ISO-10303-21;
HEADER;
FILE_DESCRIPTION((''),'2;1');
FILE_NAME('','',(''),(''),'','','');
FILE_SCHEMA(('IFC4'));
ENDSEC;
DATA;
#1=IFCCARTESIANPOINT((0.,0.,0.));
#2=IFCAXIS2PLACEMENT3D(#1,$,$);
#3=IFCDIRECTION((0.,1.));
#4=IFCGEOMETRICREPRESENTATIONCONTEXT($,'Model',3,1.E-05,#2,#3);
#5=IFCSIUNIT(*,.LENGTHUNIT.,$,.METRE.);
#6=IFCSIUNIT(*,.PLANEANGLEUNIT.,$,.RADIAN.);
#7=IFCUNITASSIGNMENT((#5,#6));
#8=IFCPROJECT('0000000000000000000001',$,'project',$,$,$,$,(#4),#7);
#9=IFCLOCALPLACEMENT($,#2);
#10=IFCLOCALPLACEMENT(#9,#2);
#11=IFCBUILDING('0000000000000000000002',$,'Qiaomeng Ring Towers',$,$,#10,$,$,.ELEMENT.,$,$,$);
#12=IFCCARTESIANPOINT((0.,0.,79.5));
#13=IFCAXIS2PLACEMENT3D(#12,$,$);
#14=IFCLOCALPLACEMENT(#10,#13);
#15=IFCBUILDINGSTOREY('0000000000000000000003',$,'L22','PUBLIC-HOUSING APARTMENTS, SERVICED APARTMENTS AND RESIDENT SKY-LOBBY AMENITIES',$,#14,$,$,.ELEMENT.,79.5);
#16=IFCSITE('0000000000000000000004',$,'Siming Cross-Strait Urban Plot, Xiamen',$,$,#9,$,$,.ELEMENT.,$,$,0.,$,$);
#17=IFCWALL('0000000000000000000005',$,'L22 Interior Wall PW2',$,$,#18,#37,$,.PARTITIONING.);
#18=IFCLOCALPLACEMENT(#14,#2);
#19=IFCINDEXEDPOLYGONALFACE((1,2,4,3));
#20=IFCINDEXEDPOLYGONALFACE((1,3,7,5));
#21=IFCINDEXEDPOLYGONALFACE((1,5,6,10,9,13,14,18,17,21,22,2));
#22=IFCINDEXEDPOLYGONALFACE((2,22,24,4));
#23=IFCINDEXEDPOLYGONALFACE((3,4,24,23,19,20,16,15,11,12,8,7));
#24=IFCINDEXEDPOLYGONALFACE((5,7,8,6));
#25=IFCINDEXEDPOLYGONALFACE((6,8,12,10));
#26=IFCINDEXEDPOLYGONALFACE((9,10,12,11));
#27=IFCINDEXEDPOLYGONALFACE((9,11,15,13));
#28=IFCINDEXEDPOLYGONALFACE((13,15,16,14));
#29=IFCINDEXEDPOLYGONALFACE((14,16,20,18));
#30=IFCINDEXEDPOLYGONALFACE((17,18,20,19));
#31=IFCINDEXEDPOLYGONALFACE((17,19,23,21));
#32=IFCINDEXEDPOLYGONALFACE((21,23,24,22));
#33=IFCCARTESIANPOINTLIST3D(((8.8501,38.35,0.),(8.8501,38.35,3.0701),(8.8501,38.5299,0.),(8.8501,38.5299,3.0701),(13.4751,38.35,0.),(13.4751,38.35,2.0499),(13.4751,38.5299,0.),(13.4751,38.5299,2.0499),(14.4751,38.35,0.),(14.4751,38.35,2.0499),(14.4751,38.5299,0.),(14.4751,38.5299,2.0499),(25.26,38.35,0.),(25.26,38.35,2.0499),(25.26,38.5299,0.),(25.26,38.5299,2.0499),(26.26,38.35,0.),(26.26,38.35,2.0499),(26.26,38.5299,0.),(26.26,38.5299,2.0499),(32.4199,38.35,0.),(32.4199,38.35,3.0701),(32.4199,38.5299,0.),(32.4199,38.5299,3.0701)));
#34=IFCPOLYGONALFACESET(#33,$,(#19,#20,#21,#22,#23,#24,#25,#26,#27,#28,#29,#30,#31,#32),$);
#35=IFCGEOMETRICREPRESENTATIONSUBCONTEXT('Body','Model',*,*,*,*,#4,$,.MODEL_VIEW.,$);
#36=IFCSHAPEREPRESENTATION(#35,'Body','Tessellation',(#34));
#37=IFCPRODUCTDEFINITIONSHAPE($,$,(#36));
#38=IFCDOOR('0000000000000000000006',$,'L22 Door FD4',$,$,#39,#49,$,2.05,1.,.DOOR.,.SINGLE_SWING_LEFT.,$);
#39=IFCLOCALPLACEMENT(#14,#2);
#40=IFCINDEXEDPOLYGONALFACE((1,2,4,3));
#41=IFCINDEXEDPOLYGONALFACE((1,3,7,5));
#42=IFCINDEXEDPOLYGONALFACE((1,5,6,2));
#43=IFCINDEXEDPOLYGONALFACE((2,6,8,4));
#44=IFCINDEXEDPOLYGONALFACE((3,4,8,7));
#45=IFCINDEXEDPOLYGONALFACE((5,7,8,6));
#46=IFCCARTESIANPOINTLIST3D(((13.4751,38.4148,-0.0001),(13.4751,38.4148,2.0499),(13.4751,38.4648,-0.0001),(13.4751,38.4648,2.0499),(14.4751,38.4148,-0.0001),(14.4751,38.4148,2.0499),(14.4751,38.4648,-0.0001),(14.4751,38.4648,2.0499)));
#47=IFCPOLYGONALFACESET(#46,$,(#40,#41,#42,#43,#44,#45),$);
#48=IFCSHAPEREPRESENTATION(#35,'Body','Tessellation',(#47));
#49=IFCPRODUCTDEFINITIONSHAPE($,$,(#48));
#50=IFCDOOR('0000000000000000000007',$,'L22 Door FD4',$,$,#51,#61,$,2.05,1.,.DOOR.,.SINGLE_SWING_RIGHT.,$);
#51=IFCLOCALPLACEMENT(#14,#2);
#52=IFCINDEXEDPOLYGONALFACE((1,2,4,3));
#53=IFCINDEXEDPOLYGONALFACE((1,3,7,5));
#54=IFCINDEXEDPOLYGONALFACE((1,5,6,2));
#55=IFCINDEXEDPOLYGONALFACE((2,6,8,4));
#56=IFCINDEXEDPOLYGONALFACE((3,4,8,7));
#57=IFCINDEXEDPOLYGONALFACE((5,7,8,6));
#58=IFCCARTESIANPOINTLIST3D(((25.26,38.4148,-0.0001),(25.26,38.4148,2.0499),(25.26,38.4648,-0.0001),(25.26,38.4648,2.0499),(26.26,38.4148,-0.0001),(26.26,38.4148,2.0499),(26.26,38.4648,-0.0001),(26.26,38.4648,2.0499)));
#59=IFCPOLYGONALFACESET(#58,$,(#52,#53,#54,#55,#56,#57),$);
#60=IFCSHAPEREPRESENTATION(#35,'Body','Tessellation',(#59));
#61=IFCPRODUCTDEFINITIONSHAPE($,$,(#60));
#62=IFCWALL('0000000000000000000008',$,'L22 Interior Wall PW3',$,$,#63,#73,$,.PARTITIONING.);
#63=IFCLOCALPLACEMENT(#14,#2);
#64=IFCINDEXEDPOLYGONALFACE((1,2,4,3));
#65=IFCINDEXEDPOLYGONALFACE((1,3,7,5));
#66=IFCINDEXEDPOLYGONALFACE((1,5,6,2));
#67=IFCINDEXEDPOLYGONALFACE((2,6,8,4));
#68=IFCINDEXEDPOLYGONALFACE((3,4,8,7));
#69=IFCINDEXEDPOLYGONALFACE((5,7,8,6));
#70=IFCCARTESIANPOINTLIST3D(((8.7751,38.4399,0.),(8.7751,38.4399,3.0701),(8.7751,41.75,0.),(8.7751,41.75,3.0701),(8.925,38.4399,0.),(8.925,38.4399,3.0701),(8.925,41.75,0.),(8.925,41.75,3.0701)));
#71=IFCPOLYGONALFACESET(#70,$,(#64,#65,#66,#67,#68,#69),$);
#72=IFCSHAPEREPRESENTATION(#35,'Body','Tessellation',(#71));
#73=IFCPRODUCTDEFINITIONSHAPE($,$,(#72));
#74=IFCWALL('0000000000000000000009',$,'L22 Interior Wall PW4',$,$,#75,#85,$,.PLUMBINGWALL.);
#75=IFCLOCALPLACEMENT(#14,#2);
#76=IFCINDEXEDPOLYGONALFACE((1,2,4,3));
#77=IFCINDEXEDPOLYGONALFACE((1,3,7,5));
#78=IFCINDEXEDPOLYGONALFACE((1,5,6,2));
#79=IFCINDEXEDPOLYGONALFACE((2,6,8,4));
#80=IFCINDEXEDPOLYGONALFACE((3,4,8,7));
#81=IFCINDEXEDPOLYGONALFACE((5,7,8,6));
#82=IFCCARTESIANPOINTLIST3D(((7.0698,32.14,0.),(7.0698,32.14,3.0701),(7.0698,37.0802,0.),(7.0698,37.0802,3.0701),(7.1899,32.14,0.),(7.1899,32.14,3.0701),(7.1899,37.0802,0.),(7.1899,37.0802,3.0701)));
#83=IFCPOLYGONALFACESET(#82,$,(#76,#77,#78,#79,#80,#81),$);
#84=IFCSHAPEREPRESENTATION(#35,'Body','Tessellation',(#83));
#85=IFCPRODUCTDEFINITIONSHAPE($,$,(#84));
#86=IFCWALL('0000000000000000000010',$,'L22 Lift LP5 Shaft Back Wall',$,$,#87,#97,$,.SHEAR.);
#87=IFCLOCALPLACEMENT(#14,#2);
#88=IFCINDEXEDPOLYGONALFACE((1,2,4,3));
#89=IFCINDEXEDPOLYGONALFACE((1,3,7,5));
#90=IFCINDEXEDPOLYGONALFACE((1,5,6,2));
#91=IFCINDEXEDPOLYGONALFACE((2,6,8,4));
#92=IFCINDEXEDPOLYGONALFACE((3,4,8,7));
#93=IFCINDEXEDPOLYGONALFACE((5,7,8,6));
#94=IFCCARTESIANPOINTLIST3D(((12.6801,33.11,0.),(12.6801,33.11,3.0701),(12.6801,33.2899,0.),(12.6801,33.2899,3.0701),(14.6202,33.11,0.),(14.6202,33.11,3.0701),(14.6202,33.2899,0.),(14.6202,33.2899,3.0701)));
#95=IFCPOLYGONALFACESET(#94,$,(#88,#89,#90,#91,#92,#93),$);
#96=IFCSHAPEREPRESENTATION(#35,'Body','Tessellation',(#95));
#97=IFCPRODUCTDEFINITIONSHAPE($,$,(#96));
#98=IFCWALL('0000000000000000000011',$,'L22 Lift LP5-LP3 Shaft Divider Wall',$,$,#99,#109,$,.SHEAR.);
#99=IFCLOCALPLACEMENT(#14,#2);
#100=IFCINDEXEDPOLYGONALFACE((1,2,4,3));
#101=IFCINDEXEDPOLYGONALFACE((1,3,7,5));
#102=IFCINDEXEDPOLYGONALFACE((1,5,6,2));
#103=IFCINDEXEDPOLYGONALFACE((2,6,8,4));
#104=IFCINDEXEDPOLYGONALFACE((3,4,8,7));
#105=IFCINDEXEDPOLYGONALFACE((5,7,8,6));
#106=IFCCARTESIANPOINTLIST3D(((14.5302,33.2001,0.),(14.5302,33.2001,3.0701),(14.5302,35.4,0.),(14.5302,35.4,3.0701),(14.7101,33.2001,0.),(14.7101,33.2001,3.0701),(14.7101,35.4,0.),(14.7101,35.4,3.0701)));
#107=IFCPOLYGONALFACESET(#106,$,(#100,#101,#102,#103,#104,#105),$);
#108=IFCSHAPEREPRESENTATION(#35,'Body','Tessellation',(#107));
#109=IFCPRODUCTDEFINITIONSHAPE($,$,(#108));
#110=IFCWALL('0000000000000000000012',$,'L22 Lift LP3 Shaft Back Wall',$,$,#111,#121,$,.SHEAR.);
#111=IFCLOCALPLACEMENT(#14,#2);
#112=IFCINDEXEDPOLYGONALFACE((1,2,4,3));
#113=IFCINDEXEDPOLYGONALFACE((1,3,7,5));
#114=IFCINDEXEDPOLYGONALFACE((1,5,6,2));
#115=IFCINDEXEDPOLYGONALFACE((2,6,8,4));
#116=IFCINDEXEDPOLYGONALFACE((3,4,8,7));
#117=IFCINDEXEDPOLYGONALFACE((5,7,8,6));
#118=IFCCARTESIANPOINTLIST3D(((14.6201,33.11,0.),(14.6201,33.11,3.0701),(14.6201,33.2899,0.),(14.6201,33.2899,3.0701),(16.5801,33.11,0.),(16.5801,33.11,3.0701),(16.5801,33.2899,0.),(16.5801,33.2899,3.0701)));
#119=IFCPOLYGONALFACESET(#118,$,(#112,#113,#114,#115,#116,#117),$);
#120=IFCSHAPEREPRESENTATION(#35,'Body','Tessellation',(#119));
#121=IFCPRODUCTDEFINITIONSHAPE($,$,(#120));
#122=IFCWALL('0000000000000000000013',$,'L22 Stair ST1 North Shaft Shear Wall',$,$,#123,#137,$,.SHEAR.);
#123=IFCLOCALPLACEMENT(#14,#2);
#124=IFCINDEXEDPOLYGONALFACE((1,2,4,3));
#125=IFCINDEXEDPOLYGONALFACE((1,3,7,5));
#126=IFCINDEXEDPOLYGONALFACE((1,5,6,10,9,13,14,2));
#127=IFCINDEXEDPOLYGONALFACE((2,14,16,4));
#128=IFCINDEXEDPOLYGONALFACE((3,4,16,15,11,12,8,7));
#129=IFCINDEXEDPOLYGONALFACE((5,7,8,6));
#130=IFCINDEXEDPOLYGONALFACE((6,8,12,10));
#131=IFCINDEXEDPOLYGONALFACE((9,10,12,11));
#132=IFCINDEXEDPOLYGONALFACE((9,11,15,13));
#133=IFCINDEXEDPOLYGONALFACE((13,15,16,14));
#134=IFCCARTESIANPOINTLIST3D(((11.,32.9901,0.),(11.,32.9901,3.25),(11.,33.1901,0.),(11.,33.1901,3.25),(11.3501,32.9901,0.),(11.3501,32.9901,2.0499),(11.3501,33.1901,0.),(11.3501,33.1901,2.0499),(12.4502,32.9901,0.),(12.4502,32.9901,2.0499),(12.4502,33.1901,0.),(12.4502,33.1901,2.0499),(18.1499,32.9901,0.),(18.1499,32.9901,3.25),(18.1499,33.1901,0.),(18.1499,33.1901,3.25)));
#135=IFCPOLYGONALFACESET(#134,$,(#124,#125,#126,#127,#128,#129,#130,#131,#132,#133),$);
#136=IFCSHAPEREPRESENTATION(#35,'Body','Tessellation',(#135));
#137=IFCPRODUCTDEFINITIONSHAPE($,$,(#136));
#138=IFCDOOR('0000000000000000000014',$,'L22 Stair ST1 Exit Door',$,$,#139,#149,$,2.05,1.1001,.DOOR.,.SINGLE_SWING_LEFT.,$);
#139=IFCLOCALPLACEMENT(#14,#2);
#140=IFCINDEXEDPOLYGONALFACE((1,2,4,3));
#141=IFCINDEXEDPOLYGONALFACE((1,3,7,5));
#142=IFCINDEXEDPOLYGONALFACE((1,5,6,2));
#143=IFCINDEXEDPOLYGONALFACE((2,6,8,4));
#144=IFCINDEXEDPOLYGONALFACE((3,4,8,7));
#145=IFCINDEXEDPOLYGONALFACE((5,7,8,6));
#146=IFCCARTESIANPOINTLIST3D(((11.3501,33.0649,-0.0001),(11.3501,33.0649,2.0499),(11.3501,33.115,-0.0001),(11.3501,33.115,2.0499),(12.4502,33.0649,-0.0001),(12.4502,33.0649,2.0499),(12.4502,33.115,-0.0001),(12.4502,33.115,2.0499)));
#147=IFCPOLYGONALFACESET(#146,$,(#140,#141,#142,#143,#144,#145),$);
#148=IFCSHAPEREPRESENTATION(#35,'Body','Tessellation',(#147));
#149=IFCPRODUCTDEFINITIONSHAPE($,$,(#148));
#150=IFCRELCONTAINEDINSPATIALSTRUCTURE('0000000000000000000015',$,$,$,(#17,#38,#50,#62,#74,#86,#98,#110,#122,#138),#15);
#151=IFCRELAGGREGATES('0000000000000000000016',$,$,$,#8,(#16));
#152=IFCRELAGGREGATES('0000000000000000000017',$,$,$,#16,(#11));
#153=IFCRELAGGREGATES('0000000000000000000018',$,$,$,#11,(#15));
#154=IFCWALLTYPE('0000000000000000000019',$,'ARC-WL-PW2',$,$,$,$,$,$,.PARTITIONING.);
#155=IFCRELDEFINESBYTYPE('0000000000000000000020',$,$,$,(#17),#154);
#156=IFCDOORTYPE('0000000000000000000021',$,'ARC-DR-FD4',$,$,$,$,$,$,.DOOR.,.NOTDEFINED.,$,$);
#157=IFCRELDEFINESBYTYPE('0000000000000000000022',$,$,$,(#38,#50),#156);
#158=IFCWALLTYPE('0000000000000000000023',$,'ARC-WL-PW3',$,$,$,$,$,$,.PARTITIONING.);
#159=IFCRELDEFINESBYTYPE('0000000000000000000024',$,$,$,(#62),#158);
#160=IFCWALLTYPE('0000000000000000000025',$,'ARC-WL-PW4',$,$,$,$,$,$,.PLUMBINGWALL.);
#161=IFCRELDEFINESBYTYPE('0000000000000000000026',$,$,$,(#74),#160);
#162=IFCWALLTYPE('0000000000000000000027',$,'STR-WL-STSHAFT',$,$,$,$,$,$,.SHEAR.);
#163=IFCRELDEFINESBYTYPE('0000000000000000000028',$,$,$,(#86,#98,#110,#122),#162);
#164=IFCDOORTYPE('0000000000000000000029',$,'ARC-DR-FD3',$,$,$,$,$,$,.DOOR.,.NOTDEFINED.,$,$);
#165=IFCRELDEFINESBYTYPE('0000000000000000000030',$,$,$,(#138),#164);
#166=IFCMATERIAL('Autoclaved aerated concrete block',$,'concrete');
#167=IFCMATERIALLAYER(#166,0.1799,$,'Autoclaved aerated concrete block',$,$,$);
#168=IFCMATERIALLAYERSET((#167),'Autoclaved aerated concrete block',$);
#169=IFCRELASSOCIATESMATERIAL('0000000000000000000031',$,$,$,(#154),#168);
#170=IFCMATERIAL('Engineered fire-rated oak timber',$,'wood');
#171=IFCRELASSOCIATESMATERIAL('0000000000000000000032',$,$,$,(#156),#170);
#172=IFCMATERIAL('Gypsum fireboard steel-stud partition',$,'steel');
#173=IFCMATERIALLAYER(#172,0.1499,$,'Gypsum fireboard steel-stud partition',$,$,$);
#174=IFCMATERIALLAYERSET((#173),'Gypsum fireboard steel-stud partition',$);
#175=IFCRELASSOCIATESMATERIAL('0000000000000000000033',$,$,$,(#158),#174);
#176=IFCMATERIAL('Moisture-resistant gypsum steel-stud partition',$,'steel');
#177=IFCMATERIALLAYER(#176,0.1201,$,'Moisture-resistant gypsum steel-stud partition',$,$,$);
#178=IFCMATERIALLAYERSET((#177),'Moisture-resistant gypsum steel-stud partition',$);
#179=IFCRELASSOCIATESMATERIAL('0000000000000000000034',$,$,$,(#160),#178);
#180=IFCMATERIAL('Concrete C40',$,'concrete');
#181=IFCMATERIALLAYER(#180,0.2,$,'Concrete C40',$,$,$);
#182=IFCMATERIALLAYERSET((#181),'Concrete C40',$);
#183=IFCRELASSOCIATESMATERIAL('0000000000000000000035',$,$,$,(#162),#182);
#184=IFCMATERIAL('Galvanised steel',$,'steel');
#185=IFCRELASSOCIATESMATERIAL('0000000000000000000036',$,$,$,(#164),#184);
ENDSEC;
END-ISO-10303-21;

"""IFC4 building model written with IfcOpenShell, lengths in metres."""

from ifc_helpers import new_model, si_unit, direction, frame, frame_2d, origin, place, context, subcontext, project, spatial, rectangle, extrude, source, transform, mapped, material, layer, layer_set, type_object, element, fill, save


model = new_model("IFC4")

# Units and contexts
model_context = context("Model", 3, precision=1e-05, world=origin(), true_north=direction((0.0, 1.0)))
body_context = subcontext(model_context, "Body", "Model", "MODEL_VIEW")
ifc_project = project(units=[si_unit("LENGTHUNIT", "METRE"), si_unit("PLANEANGLEUNIT", "RADIAN")], contexts=[model_context])

# Site, building, storey
site_placement = place(None, origin())
site = spatial("IfcSite", under=ifc_project, at=site_placement, Name="Siming Cross-Strait Urban Plot, Xiamen", CompositionType="ELEMENT", RefElevation=0.0)
building_placement = place(site_placement, origin())
building = spatial("IfcBuilding", under=site, at=building_placement, Name="Qiaomeng Ring Towers", CompositionType="ELEMENT")
storey_placement = place(building_placement, frame((0.0, 0.0, 79.5)))
storey = spatial("IfcBuildingStorey", under=building, at=storey_placement, Name="L22", Description="PUBLIC-HOUSING APARTMENTS, SERVICED APARTMENTS AND RESIDENT SKY-LOBBY AMENITIES", CompositionType="ELEMENT", Elevation=79.5)

# Shared definitions
ifc_material_1 = material(Name="Autoclaved aerated concrete block", Category="concrete")

# Wall, openings, doors
ifc_layer_1 = layer(ifc_material_1, 0.1799, Name="Autoclaved aerated concrete block")
ifc_layer_set_1 = layer_set([ifc_layer_1], Name="Autoclaved aerated concrete block")
wall_type_1 = type_object("IfcWallType", Name="ARC-WL-PW2", PredefinedType="PARTITIONING", material=ifc_layer_set_1)
wall_1_placement = place(storey_placement, frame((8.8501, 38.4399, 0.0), z_axis=(0.0, 0.0, 1.0), x_axis=(1.0, 0.0, 0.0)))
wall_1 = element("IfcWall", 1, at=wall_1_placement, inside=storey, type_object=wall_type_1, Name="L22 Interior Wall PW2", PredefinedType="PARTITIONING", context=body_context, shape_type="SweptSolid", body=[
    extrude(rectangle(XDim=23.5698, YDim=0.1799, at=frame_2d((11.7849, 0.0))), origin(), (0.0, 0.0, 1.0), 3.0701),
])
opening_1_placement = place(wall_1_placement, frame((4.625, 0.0, 0.0)))
opening_1 = element("IfcOpeningElement", 2, at=opening_1_placement, cuts=wall_1, PredefinedType="OPENING", context=body_context, shape_type="SweptSolid", body=[
    extrude(rectangle(XDim=1.0, YDim=2.05, at=frame_2d((0.5, 1.0249))), frame((0.0, 0.0999, 0.0), z_axis=(0.0, -1.0, 0.0), x_axis=(1.0, 0.0, 0.0)), (0.0, 0.0, 1.0), 0.2),
])
opening_2_placement = place(wall_1_placement, frame((16.4099, 0.0, 0.0)))
opening_2 = element("IfcOpeningElement", 3, at=opening_2_placement, cuts=wall_1, PredefinedType="OPENING", context=body_context, shape_type="SweptSolid", body=[
    extrude(rectangle(XDim=1.0, YDim=2.05, at=frame_2d((0.5, 1.0249))), frame((0.0, 0.0999, 0.0), z_axis=(0.0, -1.0, 0.0), x_axis=(1.0, 0.0, 0.0)), (0.0, 0.0, 1.0), 0.2),
])
ifc_material_2 = material(Name="Engineered fire-rated oak timber", Category="wood")
door_type_1 = type_object("IfcDoorType", Name="ARC-DR-FD4", OperationType="NOTDEFINED", PredefinedType="DOOR", material=ifc_material_2)
shared_shape_1 = source(origin(), body_context, "Body", "SweptSolid", [
    extrude(rectangle(XDim=1.0, YDim=2.05, at=frame_2d((0.5, 1.0249))), frame((0.0, 0.0249, 0.0), z_axis=(0.0, -1.0, 0.0), x_axis=(1.0, 0.0, 0.0)), (0.0, 0.0, 1.0), 0.05),
])
door_1_placement = place(opening_1_placement, origin())
door_1 = element("IfcDoor", 4, at=door_1_placement, inside=storey, type_object=door_type_1, Name="L22 Door FD4", OperationType="SINGLE_SWING_LEFT", OverallHeight=2.05, OverallWidth=1.0, PredefinedType="DOOR", context=body_context, shape_type="MappedRepresentation", body=[
    mapped(shared_shape_1, transform((0.0, 0.0, 0.0), x_axis=(1.0, 0.0, 0.0), y_axis=(0.0, 1.0, 0.0), z_axis=(0.0, 0.0, 1.0), scale=1.0)),
])
fill(opening_1, door_1)
door_2_placement = place(opening_2_placement, origin())
door_2 = element("IfcDoor", 5, at=door_2_placement, inside=storey, type_object=door_type_1, Name="L22 Door FD4", OperationType="SINGLE_SWING_RIGHT", OverallHeight=2.05, OverallWidth=1.0, PredefinedType="DOOR", context=body_context, shape_type="MappedRepresentation", body=[
    mapped(shared_shape_1, transform((0.0, 0.0, 0.0), x_axis=(1.0, 0.0, 0.0), y_axis=(0.0, 1.0, 0.0), z_axis=(0.0, 0.0, 1.0), scale=1.0)),
])
fill(opening_2, door_2)

# Walls
ifc_material_3 = material(Name="Gypsum fireboard steel-stud partition", Category="steel")
ifc_layer_2 = layer(ifc_material_3, 0.1499, Name="Gypsum fireboard steel-stud partition")
ifc_layer_set_2 = layer_set([ifc_layer_2], Name="Gypsum fireboard steel-stud partition")
wall_type_2 = type_object("IfcWallType", Name="ARC-WL-PW3", PredefinedType="PARTITIONING", material=ifc_layer_set_2)
wall_2_placement = place(storey_placement, frame((8.8501, 38.4399, 0.0), z_axis=(0.0, 0.0, 1.0), x_axis=(0.0, 1.0, 0.0)))
element("IfcWall", 6, at=wall_2_placement, inside=storey, type_object=wall_type_2, Name="L22 Interior Wall PW3", PredefinedType="PARTITIONING", context=body_context, shape_type="SweptSolid", body=[
    extrude(rectangle(XDim=3.3101, YDim=0.1499, at=frame_2d((1.655, 0.0))), origin(), (0.0, 0.0, 1.0), 3.0701),
])
ifc_material_4 = material(Name="Moisture-resistant gypsum steel-stud partition", Category="steel")
ifc_layer_3 = layer(ifc_material_4, 0.1201, Name="Moisture-resistant gypsum steel-stud partition")
ifc_layer_set_3 = layer_set([ifc_layer_3], Name="Moisture-resistant gypsum steel-stud partition")
wall_type_3 = type_object("IfcWallType", Name="ARC-WL-PW4", PredefinedType="PLUMBINGWALL", material=ifc_layer_set_3)
wall_3_placement = place(storey_placement, frame((7.1299, 32.1399, 0.0), z_axis=(0.0, 0.0, 1.0), x_axis=(0.0, 1.0, 0.0)))
element("IfcWall", 7, at=wall_3_placement, inside=storey, type_object=wall_type_3, Name="L22 Interior Wall PW4", PredefinedType="PLUMBINGWALL", context=body_context, shape_type="SweptSolid", body=[
    extrude(rectangle(XDim=4.9402, YDim=0.1201, at=frame_2d((2.4702, 0.0))), origin(), (0.0, 0.0, 1.0), 3.0701),
])
ifc_material_5 = material(Name="Concrete C40", Category="concrete")
ifc_layer_4 = layer(ifc_material_5, 0.2, Name="Concrete C40")
ifc_layer_set_4 = layer_set([ifc_layer_4], Name="Concrete C40")
wall_type_4 = type_object("IfcWallType", Name="STR-WL-STSHAFT", PredefinedType="SHEAR", material=ifc_layer_set_4)
wall_4_placement = place(storey_placement, frame((12.6799, 33.2, 0.0), z_axis=(0.0, 0.0, 1.0), x_axis=(1.0, 0.0, 0.0)))
element("IfcWall", 8, at=wall_4_placement, inside=storey, type_object=wall_type_4, Name="L22 Lift LP5 Shaft Back Wall", PredefinedType="SHEAR", context=body_context, shape_type="SweptSolid", body=[
    extrude(rectangle(XDim=1.9402, YDim=0.1799, at=frame_2d((0.9702, 0.0))), origin(), (0.0, 0.0, 1.0), 3.0701),
])
wall_5_placement = place(storey_placement, frame((14.6201, 33.2, 0.0), z_axis=(0.0, 0.0, 1.0), x_axis=(0.0, 1.0, 0.0)))
element("IfcWall", 9, at=wall_5_placement, inside=storey, type_object=wall_type_4, Name="L22 Lift LP5-LP3 Shaft Divider Wall", PredefinedType="SHEAR", context=body_context, shape_type="SweptSolid", body=[
    extrude(rectangle(XDim=2.2, YDim=0.1799, at=frame_2d((1.1001, 0.0))), origin(), (0.0, 0.0, 1.0), 3.0701),
])
wall_6_placement = place(storey_placement, frame((14.6201, 33.2, 0.0), z_axis=(0.0, 0.0, 1.0), x_axis=(1.0, 0.0, 0.0)))
element("IfcWall", 10, at=wall_6_placement, inside=storey, type_object=wall_type_4, Name="L22 Lift LP3 Shaft Back Wall", PredefinedType="SHEAR", context=body_context, shape_type="SweptSolid", body=[
    extrude(rectangle(XDim=1.96, YDim=0.1799, at=frame_2d((0.98, 0.0))), origin(), (0.0, 0.0, 1.0), 3.0701),
])

# Wall, opening, door
wall_7_placement = place(storey_placement, frame((11.0, 33.0901, 0.0), z_axis=(0.0, 0.0, 1.0), x_axis=(1.0, 0.0, 0.0)))
wall_7 = element("IfcWall", 11, at=wall_7_placement, inside=storey, type_object=wall_type_4, Name="L22 Stair ST1 North Shaft Shear Wall", PredefinedType="SHEAR", context=body_context, shape_type="SweptSolid", body=[
    extrude(rectangle(XDim=7.1499, YDim=0.2, at=frame_2d((3.575, 0.0))), origin(), (0.0, 0.0, 1.0), 3.25),
])
opening_3_placement = place(wall_7_placement, frame((0.3501, 0.0, 0.0)))
opening_3 = element("IfcOpeningElement", 12, at=opening_3_placement, cuts=wall_7, PredefinedType="OPENING", context=body_context, shape_type="SweptSolid", body=[
    extrude(rectangle(XDim=1.1001, YDim=2.05, at=frame_2d((0.55, 1.0249))), frame((0.0, 0.1099, 0.0), z_axis=(0.0, -1.0, 0.0), x_axis=(1.0, 0.0, 0.0)), (0.0, 0.0, 1.0), 0.22),
])
ifc_material_6 = material(Name="Galvanised steel", Category="steel")
door_type_2 = type_object("IfcDoorType", Name="ARC-DR-FD3", OperationType="NOTDEFINED", PredefinedType="DOOR", material=ifc_material_6)
shared_shape_2 = source(origin(), body_context, "Body", "SweptSolid", [
    extrude(rectangle(XDim=1.1001, YDim=2.05, at=frame_2d((0.55, 1.0249))), frame((0.0, 0.0249, 0.0), z_axis=(0.0, -1.0, 0.0), x_axis=(1.0, 0.0, 0.0)), (0.0, 0.0, 1.0), 0.05),
])
door_3_placement = place(opening_3_placement, origin())
door_3 = element("IfcDoor", 13, at=door_3_placement, inside=storey, type_object=door_type_2, Name="L22 Stair ST1 Exit Door", OperationType="SINGLE_SWING_LEFT", OverallHeight=2.05, OverallWidth=1.1001, PredefinedType="DOOR", context=body_context, shape_type="MappedRepresentation", body=[
    mapped(shared_shape_2, transform((0.0, 0.0, 0.0), x_axis=(1.0, 0.0, 0.0), y_axis=(0.0, 1.0, 0.0), z_axis=(0.0, 0.0, 1.0), scale=1.0)),
])
fill(opening_3, door_3)

save(model, "model.ifc")
